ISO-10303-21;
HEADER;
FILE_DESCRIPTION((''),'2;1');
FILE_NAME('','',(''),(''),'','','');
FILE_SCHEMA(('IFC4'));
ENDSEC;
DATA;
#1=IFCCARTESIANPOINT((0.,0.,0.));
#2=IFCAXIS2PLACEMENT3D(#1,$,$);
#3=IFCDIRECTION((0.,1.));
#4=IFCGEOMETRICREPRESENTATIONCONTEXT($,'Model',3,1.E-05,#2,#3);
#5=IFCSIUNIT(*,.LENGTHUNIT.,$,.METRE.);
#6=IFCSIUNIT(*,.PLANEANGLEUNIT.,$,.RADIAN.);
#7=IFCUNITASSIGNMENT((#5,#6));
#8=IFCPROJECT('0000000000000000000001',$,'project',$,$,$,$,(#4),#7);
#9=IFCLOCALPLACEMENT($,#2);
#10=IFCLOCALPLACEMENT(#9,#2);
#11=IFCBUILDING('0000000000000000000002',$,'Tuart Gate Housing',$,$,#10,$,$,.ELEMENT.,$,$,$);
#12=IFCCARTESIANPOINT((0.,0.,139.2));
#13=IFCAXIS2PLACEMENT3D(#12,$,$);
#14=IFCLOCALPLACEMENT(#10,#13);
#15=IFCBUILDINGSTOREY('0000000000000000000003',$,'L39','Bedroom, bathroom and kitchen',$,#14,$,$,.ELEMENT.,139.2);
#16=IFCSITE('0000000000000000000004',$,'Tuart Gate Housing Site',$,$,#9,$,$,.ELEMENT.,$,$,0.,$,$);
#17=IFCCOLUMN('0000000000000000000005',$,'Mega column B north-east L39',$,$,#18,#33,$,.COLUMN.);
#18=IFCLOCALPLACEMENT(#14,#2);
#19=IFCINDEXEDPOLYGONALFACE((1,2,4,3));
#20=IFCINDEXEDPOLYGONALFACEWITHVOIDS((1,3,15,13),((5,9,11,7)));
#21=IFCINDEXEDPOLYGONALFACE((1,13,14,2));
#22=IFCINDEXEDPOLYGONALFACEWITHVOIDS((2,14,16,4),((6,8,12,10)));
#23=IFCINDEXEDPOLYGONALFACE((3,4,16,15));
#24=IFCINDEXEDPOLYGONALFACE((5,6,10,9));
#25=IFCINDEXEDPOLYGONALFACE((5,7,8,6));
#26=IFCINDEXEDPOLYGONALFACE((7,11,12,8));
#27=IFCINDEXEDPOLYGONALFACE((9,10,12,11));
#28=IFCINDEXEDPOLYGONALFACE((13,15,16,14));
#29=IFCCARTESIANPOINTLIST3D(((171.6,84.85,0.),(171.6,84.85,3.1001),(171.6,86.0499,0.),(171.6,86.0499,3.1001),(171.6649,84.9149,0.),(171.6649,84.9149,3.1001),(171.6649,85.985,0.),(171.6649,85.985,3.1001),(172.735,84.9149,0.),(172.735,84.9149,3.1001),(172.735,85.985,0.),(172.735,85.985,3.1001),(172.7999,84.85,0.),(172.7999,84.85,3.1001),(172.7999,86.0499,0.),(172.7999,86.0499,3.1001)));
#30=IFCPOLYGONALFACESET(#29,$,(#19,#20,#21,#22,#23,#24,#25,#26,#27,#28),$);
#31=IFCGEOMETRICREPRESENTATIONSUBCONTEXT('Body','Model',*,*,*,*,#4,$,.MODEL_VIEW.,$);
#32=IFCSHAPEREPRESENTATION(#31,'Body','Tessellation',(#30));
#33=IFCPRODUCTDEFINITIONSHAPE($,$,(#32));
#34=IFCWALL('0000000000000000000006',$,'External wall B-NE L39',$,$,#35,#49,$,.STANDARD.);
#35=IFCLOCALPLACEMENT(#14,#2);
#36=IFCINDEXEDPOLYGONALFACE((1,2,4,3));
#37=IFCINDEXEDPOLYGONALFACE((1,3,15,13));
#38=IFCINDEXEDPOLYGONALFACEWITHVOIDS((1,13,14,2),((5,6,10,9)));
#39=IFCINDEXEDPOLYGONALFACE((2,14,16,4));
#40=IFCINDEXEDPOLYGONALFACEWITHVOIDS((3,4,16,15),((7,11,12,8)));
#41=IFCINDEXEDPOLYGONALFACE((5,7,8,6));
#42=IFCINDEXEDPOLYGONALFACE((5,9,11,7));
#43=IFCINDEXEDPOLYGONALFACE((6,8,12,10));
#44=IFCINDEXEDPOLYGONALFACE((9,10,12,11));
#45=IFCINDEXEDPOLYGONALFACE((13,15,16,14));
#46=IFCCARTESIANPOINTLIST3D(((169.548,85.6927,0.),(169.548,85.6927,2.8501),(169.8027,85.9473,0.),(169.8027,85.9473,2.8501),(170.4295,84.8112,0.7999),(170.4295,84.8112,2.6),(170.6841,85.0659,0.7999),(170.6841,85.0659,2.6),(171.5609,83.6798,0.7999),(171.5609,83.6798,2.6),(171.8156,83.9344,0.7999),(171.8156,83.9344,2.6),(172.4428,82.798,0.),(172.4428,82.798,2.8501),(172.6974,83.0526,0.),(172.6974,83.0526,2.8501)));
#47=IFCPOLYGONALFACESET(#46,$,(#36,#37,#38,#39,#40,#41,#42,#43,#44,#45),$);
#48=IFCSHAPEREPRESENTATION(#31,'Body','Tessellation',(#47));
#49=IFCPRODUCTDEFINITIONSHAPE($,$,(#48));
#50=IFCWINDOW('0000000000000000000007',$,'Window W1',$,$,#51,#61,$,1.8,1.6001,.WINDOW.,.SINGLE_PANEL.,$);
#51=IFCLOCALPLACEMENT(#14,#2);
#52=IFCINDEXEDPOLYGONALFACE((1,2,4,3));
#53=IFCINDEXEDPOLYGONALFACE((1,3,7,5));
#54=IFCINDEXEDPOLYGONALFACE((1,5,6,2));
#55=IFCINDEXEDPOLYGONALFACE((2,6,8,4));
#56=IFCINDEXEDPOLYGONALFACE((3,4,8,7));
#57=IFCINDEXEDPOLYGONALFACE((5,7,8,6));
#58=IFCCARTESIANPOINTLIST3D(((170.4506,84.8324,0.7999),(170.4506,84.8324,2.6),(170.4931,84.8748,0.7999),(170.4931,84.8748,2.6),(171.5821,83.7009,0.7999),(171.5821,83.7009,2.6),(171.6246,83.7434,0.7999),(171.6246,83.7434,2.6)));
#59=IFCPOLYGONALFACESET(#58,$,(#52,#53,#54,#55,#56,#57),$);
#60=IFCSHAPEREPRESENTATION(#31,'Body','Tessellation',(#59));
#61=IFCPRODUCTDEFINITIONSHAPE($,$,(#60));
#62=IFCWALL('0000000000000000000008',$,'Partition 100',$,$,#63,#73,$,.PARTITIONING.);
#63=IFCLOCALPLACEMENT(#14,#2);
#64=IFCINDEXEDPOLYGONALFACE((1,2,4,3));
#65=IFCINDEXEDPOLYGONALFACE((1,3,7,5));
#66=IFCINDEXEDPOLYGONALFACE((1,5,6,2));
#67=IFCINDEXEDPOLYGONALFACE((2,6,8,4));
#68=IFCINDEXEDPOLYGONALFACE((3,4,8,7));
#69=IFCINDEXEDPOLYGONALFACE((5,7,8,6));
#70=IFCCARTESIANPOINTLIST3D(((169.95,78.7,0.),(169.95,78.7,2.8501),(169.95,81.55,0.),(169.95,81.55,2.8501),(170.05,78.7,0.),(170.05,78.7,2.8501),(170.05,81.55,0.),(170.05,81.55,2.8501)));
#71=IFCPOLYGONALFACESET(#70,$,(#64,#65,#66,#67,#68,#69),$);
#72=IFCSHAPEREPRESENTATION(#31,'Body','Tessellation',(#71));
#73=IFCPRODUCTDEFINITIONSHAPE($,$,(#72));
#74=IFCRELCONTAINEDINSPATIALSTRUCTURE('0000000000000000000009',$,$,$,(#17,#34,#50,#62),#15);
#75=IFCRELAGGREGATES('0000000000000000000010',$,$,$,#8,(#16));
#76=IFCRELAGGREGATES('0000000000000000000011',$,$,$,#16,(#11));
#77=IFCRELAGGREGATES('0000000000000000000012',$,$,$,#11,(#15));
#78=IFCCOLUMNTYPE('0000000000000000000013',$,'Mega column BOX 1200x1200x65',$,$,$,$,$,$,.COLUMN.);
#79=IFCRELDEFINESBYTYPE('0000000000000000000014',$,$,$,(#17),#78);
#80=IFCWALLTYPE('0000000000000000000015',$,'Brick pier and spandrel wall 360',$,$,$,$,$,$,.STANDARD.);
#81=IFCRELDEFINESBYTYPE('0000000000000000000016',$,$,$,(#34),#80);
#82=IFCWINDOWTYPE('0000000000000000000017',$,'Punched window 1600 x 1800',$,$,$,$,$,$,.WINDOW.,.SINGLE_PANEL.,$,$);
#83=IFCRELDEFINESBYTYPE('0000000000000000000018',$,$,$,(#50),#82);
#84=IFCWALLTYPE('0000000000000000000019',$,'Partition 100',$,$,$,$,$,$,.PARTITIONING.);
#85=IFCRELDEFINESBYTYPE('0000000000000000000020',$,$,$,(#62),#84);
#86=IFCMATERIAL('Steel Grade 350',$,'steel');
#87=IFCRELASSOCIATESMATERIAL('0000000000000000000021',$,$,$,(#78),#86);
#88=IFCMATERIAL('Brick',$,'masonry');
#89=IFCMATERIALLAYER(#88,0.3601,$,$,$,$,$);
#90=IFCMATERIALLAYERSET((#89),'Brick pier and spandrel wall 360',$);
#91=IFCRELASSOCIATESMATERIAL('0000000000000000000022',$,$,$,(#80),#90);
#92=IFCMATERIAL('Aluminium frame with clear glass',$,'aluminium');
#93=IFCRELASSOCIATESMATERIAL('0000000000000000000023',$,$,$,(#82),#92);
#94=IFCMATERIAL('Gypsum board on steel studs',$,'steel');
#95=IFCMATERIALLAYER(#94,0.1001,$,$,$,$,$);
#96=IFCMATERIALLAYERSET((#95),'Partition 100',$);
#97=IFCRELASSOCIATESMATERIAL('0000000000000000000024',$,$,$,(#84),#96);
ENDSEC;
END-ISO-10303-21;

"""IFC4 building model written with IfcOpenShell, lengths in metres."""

from ifc_helpers import new_model, si_unit, direction, frame, frame_2d, origin, origin_2d, place, context, subcontext, project, spatial, rectangle, hollow_rectangle, extrude, material, layer, layer_set, material_profile, profile_set, type_object, element, fill, save


model = new_model("IFC4")

# Units and contexts
model_context = context("Model", 3, precision=1e-05, world=origin(), true_north=direction((0.0, 1.0)))
body_context = subcontext(model_context, "Body", "Model", "MODEL_VIEW")
ifc_project = project(units=[si_unit("LENGTHUNIT", "METRE"), si_unit("PLANEANGLEUNIT", "RADIAN")], contexts=[model_context])

# Site, building, storey
site_placement = place(None, origin())
site = spatial("IfcSite", under=ifc_project, at=site_placement, Name="Tuart Gate Housing Site", CompositionType="ELEMENT", RefElevation=0.0)
building_placement = place(site_placement, origin())
building = spatial("IfcBuilding", under=site, at=building_placement, Name="Tuart Gate Housing", CompositionType="ELEMENT")
storey_placement = place(building_placement, frame((0.0, 0.0, 139.2)))
storey = spatial("IfcBuildingStorey", under=building, at=storey_placement, Name="L39", Description="Bedroom, bathroom and kitchen", CompositionType="ELEMENT", Elevation=139.2)

# Column
ifc_material_1 = material(Name="Steel Grade 350", Category="steel")
ifc_material_profile = material_profile(ifc_material_1, hollow_rectangle(XDim=1.2, YDim=1.2, WallThickness=0.0649, at=origin_2d()), Name="BOX 1200x1200x65")
ifc_profile_set = profile_set([ifc_material_profile], Name="Steel Grade 350")
column_type = type_object("IfcColumnType", Name="Mega column BOX 1200x1200x65", PredefinedType="COLUMN", material=ifc_profile_set)
column_placement = place(storey_placement, frame((172.2, 85.45, 0.0), z_axis=(0.0, 0.0, 1.0), x_axis=(1.0, 0.0, 0.0)))
element("IfcColumn", 1, at=column_placement, inside=storey, type_object=column_type, Name="Mega column B north-east L39", PredefinedType="COLUMN", context=body_context, shape_type="SweptSolid", body=[
    extrude(hollow_rectangle(XDim=1.2, YDim=1.2, WallThickness=0.0649, at=origin_2d()), origin(), (0.0, 0.0, 1.0), 3.1001),
])

# Wall, opening, window
ifc_material_2 = material(Name="Brick", Category="masonry")
ifc_layer_1 = layer(ifc_material_2, 0.3601)
ifc_layer_set_1 = layer_set([ifc_layer_1], Name="Brick pier and spandrel wall 360")
wall_type_1 = type_object("IfcWallType", Name="Brick pier and spandrel wall 360", PredefinedType="STANDARD", material=ifc_layer_set_1)
wall_1_placement = place(storey_placement, frame((172.5701, 82.9253, 0.0), z_axis=(0.0, 0.0, 1.0), x_axis=(-0.707107, 0.707107, 0.0)))
wall_1 = element("IfcWall", 2, at=wall_1_placement, inside=storey, type_object=wall_type_1, Name="External wall B-NE L39", PredefinedType="STANDARD", context=body_context, shape_type="SweptSolid", body=[
    extrude(rectangle(XDim=4.0938, YDim=0.3601, at=frame_2d((2.0469, 0.0))), origin(), (0.0, 0.0, 1.0), 2.8501),
])
opening_1_placement = place(wall_1_placement, frame((1.2471, 0.0, 0.8)))
opening_1 = element("IfcOpeningElement", 3, at=opening_1_placement, cuts=wall_1, PredefinedType="OPENING", context=body_context, shape_type="SweptSolid", body=[
    extrude(rectangle(XDim=1.6001, YDim=1.8, at=frame_2d((0.8, 0.8999))), frame((0.0, 0.1899, 0.0), z_axis=(0.0, -1.0, 0.0), x_axis=(1.0, 0.0, 0.0)), (0.0, 0.0, 1.0), 0.3801),
])
ifc_material_3 = material(Name="Aluminium frame with clear glass", Category="aluminium")
window_type_1 = type_object("IfcWindowType", Name="Punched window 1600 x 1800", PartitioningType="SINGLE_PANEL", PredefinedType="WINDOW", material=ifc_material_3)
window_1_placement = place(opening_1_placement, origin())
window_1 = element("IfcWindow", 4, at=window_1_placement, inside=storey, type_object=window_type_1, Name="Window W1", OverallHeight=1.8, OverallWidth=1.6001, PartitioningType="SINGLE_PANEL", PredefinedType="WINDOW", context=body_context, shape_type="SweptSolid", body=[
    extrude(rectangle(XDim=1.6001, YDim=1.8, at=frame_2d((0.8, 0.8999))), frame((0.0, 0.1501, 0.0), z_axis=(0.0, -1.0, 0.0), x_axis=(1.0, 0.0, 0.0)), (0.0, 0.0, 1.0), 0.0601),
])
fill(opening_1, window_1)

# Wall
ifc_material_4 = material(Name="Gypsum board on steel studs", Category="steel")
ifc_layer_2 = layer(ifc_material_4, 0.1001)
ifc_layer_set_2 = layer_set([ifc_layer_2], Name="Partition 100")
wall_type_2 = type_object("IfcWallType", Name="Partition 100", PredefinedType="PARTITIONING", material=ifc_layer_set_2)
wall_2_placement = place(storey_placement, frame((170.0, 78.7, 0.0), z_axis=(0.0, 0.0, 1.0), x_axis=(0.0, 1.0, 0.0)))
element("IfcWall", 5, at=wall_2_placement, inside=storey, type_object=wall_type_2, Name="Partition 100", PredefinedType="PARTITIONING", context=body_context, shape_type="SweptSolid", body=[
    extrude(rectangle(XDim=2.8501, YDim=0.1001, at=frame_2d((1.425, 0.0))), origin(), (0.0, 0.0, 1.0), 2.8501),
])

save(model, "model.ifc")
